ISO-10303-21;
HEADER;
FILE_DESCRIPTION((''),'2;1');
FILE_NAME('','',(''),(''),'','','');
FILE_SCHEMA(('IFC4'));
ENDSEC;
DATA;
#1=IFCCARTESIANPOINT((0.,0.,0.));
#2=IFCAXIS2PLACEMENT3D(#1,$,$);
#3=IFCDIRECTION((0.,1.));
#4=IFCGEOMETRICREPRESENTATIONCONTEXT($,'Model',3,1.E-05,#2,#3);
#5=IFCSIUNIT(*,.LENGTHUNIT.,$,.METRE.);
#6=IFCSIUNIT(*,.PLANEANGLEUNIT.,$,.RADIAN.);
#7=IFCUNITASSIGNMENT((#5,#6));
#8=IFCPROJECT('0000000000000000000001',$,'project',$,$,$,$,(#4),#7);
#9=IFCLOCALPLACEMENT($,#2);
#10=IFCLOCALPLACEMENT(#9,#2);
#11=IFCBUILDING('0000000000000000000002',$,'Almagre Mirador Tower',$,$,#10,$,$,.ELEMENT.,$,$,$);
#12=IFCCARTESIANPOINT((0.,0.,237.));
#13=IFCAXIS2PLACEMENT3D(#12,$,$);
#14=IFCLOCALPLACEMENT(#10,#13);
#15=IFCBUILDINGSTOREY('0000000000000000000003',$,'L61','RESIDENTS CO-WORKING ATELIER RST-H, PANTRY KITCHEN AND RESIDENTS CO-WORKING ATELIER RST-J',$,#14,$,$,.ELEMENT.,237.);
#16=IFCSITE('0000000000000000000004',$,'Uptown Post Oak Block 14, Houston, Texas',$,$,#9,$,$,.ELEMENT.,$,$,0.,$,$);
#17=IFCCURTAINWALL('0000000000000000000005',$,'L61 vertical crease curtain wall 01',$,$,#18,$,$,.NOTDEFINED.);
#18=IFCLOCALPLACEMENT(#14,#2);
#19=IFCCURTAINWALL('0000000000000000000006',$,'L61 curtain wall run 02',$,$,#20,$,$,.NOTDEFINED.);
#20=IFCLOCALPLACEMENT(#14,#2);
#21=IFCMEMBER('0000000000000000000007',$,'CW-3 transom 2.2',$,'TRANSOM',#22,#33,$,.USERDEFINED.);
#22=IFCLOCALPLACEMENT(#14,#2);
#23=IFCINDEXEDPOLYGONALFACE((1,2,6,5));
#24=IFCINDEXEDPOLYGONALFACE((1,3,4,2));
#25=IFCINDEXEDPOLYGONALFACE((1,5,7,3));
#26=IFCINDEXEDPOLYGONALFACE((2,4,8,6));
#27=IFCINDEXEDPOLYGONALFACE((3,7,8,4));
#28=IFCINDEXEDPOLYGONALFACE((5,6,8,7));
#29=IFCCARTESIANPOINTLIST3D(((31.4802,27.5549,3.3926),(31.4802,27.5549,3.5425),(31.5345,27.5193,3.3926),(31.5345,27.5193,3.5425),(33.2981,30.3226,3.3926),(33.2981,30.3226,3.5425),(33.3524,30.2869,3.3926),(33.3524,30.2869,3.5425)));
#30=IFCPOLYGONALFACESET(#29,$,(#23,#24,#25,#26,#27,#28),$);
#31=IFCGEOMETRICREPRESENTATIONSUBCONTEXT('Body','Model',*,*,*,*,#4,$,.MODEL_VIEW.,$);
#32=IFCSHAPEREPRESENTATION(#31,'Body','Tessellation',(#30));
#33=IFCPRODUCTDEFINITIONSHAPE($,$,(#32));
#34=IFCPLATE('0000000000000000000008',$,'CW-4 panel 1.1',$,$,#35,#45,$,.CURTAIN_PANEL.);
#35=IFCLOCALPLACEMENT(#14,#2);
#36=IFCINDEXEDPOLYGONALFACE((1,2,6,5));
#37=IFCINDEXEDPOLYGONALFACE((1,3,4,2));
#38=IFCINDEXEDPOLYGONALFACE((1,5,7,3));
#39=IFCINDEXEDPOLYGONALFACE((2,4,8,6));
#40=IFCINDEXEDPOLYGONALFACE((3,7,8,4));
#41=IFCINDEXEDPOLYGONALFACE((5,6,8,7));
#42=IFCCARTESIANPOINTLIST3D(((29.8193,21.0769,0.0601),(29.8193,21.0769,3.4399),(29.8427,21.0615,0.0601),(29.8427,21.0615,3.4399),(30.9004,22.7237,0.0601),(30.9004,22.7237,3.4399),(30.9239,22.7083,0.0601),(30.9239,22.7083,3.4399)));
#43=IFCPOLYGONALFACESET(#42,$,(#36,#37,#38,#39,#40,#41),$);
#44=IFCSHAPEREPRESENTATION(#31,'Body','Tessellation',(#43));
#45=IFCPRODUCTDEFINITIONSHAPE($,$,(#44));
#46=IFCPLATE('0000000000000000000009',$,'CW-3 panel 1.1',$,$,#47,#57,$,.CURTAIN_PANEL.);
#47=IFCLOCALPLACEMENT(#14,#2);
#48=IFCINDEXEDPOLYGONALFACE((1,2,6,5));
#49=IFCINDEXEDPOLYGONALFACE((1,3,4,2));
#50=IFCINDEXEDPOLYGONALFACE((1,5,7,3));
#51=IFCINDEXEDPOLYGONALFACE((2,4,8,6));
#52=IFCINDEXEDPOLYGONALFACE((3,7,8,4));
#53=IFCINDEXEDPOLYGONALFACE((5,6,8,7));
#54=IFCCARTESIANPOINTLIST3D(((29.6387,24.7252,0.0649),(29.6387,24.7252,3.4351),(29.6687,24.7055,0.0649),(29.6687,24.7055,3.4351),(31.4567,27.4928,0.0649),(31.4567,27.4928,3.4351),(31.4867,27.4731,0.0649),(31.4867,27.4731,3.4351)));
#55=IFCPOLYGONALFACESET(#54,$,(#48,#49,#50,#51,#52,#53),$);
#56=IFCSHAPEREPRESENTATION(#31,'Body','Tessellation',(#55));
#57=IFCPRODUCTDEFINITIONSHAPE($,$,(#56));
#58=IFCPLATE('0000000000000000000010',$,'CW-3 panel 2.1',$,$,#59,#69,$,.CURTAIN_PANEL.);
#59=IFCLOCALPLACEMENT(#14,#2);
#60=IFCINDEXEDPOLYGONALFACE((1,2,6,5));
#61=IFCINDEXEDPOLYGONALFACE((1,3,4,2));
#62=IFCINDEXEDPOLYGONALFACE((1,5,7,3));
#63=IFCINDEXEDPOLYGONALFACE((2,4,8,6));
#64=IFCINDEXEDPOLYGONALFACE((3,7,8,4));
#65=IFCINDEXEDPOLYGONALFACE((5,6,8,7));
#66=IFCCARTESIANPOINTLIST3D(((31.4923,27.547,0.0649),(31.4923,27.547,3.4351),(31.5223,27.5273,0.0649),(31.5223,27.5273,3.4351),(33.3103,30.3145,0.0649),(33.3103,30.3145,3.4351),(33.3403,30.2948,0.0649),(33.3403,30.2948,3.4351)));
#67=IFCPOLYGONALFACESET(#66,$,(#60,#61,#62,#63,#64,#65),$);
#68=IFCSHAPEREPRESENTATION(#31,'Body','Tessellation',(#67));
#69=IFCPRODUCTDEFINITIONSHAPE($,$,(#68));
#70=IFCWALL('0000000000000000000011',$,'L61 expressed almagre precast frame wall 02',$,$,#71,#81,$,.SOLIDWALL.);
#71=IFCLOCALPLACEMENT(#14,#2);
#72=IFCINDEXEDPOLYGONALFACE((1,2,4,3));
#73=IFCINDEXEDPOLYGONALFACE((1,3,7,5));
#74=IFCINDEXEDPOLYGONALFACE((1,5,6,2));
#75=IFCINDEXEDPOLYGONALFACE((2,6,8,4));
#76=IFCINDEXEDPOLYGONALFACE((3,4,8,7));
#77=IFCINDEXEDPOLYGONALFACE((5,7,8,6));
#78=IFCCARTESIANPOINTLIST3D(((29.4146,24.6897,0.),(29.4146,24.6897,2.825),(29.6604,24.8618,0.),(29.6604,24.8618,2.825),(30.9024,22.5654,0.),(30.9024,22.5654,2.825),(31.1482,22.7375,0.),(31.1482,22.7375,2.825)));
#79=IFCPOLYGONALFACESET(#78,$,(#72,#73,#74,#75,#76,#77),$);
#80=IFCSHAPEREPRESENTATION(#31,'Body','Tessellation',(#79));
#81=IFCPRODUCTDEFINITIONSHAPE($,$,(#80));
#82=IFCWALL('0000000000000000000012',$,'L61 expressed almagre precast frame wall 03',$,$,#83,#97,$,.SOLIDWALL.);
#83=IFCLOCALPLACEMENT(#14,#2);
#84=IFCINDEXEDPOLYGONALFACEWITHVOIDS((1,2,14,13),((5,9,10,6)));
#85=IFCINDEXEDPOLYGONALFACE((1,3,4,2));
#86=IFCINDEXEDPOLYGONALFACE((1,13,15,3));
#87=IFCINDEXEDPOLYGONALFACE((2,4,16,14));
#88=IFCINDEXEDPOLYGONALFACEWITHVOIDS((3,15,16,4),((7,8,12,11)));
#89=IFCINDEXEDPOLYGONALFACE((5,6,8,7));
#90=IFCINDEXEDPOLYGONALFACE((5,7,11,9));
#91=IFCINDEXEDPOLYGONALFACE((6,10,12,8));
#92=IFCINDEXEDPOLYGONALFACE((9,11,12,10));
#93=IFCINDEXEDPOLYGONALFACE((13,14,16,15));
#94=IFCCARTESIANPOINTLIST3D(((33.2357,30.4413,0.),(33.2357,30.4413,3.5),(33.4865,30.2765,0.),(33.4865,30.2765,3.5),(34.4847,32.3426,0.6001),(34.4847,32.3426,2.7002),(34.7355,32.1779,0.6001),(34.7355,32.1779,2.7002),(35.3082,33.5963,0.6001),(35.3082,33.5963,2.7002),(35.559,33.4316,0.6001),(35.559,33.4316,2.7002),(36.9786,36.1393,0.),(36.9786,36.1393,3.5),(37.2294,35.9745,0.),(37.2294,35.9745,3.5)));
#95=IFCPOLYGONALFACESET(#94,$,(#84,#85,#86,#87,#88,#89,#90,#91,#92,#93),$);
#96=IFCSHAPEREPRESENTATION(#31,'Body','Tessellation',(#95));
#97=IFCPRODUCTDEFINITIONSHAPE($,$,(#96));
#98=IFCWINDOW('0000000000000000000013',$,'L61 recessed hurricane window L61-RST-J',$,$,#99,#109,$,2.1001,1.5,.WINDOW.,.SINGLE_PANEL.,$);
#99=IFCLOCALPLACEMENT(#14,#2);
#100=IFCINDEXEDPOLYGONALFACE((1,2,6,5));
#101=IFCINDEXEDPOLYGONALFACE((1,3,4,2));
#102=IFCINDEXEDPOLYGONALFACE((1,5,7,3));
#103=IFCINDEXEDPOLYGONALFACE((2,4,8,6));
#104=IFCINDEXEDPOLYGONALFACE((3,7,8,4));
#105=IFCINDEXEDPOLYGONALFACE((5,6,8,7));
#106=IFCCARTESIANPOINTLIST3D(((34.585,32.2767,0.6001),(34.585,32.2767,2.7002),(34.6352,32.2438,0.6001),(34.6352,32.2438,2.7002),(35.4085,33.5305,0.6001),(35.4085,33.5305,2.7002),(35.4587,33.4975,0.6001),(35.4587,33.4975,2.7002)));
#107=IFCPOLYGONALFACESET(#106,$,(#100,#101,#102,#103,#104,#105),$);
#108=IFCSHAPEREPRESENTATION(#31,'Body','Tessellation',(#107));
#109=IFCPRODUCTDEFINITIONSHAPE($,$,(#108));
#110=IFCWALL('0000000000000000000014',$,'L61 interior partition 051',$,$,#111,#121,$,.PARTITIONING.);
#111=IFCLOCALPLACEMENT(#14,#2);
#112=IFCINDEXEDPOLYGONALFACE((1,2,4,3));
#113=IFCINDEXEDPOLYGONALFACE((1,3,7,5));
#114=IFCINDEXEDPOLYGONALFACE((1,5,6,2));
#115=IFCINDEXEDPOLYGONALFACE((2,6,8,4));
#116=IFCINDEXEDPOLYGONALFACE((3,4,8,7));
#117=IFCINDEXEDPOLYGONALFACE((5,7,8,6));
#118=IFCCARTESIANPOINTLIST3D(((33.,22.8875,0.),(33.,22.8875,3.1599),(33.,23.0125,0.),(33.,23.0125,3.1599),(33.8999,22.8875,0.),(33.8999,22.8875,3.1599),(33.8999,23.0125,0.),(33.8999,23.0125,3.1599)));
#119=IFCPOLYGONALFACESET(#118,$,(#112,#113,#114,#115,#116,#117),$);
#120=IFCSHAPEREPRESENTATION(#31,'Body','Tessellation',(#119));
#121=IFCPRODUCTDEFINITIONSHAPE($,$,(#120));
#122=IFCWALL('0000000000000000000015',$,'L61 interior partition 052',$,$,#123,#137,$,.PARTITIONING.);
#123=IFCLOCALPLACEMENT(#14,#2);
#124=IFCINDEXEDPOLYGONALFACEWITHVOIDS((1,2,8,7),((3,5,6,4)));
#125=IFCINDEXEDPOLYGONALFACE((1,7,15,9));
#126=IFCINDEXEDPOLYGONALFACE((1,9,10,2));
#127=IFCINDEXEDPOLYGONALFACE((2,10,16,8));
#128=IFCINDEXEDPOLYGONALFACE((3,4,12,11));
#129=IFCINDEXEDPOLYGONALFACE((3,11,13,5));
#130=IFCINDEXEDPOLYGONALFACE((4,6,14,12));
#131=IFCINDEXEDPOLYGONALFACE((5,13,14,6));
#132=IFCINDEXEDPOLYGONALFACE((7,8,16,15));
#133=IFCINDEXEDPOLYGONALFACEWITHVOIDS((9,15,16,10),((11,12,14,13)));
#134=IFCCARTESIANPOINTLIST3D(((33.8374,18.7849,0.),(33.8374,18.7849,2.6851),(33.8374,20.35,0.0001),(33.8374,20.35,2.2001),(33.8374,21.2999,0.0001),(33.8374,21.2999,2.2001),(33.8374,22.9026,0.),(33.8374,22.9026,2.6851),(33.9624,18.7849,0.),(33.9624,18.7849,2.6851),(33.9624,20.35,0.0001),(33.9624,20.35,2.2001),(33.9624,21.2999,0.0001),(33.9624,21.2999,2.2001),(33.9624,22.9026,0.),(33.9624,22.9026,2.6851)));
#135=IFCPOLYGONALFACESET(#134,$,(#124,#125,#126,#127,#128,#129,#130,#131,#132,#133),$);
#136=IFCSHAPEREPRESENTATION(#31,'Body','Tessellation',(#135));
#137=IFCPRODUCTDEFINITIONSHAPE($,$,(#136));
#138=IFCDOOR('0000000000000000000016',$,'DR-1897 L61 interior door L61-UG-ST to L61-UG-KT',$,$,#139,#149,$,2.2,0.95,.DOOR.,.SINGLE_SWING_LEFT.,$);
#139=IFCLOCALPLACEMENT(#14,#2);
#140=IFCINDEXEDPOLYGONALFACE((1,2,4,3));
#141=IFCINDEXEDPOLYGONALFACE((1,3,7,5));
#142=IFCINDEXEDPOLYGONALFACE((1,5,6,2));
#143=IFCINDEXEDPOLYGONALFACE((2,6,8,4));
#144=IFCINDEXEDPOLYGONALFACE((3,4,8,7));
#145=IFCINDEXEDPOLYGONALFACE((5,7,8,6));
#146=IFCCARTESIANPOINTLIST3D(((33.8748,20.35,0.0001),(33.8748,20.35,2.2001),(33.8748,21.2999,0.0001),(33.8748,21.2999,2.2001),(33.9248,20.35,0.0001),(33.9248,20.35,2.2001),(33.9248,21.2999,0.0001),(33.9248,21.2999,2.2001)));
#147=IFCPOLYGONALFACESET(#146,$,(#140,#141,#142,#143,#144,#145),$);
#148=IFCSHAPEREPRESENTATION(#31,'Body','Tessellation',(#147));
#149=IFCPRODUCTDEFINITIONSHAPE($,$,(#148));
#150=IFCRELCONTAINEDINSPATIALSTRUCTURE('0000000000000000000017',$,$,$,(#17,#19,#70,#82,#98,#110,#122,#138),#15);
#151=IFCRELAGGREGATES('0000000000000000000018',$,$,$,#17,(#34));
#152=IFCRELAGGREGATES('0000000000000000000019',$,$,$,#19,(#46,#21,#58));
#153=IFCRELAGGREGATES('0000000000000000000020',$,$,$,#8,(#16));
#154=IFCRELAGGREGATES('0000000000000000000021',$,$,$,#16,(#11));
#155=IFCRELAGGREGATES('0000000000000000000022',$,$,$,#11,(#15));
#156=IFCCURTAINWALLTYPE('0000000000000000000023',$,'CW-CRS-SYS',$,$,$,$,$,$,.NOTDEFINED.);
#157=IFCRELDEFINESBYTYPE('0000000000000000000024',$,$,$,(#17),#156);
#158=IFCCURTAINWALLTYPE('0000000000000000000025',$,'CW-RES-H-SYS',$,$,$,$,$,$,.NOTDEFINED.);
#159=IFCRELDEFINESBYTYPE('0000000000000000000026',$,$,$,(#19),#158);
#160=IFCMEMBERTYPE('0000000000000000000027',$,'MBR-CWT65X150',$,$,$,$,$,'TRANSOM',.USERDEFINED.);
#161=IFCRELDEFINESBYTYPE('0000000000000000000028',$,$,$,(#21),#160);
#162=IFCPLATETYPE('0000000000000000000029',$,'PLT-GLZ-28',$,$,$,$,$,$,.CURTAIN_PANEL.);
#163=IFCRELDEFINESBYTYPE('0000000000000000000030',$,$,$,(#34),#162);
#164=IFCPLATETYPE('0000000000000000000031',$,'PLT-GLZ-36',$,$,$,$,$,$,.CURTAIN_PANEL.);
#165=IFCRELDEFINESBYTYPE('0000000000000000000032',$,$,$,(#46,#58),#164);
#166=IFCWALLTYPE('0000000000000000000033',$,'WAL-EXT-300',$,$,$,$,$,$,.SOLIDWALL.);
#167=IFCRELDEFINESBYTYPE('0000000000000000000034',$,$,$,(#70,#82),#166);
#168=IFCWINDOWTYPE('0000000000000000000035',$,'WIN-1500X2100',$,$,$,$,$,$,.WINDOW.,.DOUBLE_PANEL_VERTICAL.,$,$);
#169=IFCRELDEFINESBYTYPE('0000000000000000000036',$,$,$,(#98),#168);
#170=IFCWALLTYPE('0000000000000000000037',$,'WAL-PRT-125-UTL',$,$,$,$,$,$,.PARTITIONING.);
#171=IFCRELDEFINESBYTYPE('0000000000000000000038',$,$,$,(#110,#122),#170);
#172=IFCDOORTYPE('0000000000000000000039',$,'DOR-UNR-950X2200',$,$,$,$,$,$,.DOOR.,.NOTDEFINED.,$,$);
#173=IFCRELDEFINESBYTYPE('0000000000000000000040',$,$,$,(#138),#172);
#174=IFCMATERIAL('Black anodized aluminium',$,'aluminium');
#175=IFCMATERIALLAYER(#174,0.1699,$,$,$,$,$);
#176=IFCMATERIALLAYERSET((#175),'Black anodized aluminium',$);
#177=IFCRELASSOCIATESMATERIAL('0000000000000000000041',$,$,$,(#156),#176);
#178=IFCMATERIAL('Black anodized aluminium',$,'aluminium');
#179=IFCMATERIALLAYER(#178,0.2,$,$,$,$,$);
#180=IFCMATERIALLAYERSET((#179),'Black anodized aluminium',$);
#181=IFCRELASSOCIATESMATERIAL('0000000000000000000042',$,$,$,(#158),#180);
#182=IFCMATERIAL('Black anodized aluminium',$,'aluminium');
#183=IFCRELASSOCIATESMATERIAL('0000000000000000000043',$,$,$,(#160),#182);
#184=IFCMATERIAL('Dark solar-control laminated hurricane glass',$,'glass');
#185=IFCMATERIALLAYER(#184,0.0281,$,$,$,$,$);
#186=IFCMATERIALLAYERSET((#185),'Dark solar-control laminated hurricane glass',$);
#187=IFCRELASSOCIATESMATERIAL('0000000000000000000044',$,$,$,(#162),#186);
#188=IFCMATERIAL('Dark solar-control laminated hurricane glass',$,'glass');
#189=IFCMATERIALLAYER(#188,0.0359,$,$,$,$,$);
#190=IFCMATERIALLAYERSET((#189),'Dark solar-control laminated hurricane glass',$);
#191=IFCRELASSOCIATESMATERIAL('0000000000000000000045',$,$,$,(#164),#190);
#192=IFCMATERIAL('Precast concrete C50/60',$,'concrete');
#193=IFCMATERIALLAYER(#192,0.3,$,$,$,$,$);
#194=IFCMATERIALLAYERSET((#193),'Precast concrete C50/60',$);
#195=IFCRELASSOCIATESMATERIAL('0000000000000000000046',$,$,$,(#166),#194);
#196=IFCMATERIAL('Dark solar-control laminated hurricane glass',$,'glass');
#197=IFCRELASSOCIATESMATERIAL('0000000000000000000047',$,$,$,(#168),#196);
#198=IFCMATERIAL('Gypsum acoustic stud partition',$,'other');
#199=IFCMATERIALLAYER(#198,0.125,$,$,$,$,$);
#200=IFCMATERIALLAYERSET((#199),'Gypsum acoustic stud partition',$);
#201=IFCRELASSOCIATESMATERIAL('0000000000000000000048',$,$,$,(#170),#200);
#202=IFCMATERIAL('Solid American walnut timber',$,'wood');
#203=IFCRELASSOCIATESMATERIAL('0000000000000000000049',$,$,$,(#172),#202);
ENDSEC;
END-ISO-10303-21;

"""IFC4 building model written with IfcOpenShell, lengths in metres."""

from ifc_helpers import new_model, si_unit, direction, frame, frame_2d, origin, origin_2d, place, context, subcontext, project, spatial, rectangle, extrude, material, layer, layer_set, material_profile, profile_set, type_object, element, fill, aggregate, save


model = new_model("IFC4")

# Units and contexts
model_context = context("Model", 3, precision=1e-05, world=origin(), true_north=direction((0.0, 1.0)))
body_context = subcontext(model_context, "Body", "Model", "MODEL_VIEW")
ifc_project = project(units=[si_unit("LENGTHUNIT", "METRE"), si_unit("PLANEANGLEUNIT", "RADIAN")], contexts=[model_context])

# Site, building, storey
site_placement = place(None, origin())
site = spatial("IfcSite", under=ifc_project, at=site_placement, Name="Uptown Post Oak Block 14, Houston, Texas", CompositionType="ELEMENT", RefElevation=0.0)
building_placement = place(site_placement, origin())
building = spatial("IfcBuilding", under=site, at=building_placement, Name="Almagre Mirador Tower", CompositionType="ELEMENT")
storey_placement = place(building_placement, frame((0.0, 0.0, 237.0)))
storey = spatial("IfcBuildingStorey", under=building, at=storey_placement, Name="L61", Description="RESIDENTS CO-WORKING ATELIER RST-H, PANTRY KITCHEN AND RESIDENTS CO-WORKING ATELIER RST-J", CompositionType="ELEMENT", Elevation=237.0)

# Curtain wall
ifc_material_1 = material(Name="Black anodized aluminium", Category="aluminium")
ifc_layer_1 = layer(ifc_material_1, 0.1699)
ifc_layer_set_1 = layer_set([ifc_layer_1], Name="Black anodized aluminium")
curtain_wall_type_1 = type_object("IfcCurtainWallType", Name="CW-CRS-SYS", PredefinedType="NOTDEFINED", material=ifc_layer_set_1)
curtain_wall_1_placement = place(storey_placement, origin())
curtain_wall_1 = element("IfcCurtainWall", 1, at=curtain_wall_1_placement, inside=storey, type_object=curtain_wall_type_1, Name="L61 vertical crease curtain wall 01", PredefinedType="NOTDEFINED")

# Curtain wall
ifc_material_2 = material(Name="Black anodized aluminium", Category="aluminium")
ifc_layer_2 = layer(ifc_material_2, 0.2)
ifc_layer_set_2 = layer_set([ifc_layer_2], Name="Black anodized aluminium")
curtain_wall_type_2 = type_object("IfcCurtainWallType", Name="CW-RES-H-SYS", PredefinedType="NOTDEFINED", material=ifc_layer_set_2)
curtain_wall_2_placement = place(storey_placement, origin())
curtain_wall_2 = element("IfcCurtainWall", 2, at=curtain_wall_2_placement, inside=storey, type_object=curtain_wall_type_2, Name="L61 curtain wall run 02", PredefinedType="NOTDEFINED")

# Member
ifc_material_3 = material(Name="Black anodized aluminium", Category="aluminium")
ifc_material_profile_1 = material_profile(ifc_material_3, rectangle(XDim=0.0649, YDim=0.1499, at=origin_2d()), Name="CWT65X150")
ifc_profile_set_1 = profile_set([ifc_material_profile_1], Name="Black anodized aluminium")
member_type_1 = type_object("IfcMemberType", Name="MBR-CWT65X150", ElementType="TRANSOM", PredefinedType="USERDEFINED", material=ifc_profile_set_1)
member_1_placement = place(storey_placement, frame((31.5073, 27.5371, 3.4675), z_axis=(0.549004, 0.83582, 0.0), x_axis=(-0.83582, 0.549004, 0.0)))
member_1 = element("IfcMember", 3, at=member_1_placement, type_object=member_type_1, Name="CW-3 transom 2.2", ObjectType="TRANSOM", PredefinedType="USERDEFINED", context=body_context, shape_type="SweptSolid", body=[
    extrude(rectangle(XDim=0.0649, YDim=0.1499, at=origin_2d()), origin(), (0.0, 0.0, 1.0), 3.3113),
])

# Plates
ifc_material_4 = material(Name="Dark solar-control laminated hurricane glass", Category="glass")
ifc_layer_3 = layer(ifc_material_4, 0.0281)
ifc_layer_set_3 = layer_set([ifc_layer_3], Name="Dark solar-control laminated hurricane glass")
plate_type_1 = type_object("IfcPlateType", Name="PLT-GLZ-28", PredefinedType="CURTAIN_PANEL", material=ifc_layer_set_3)
plate_1_placement = place(storey_placement, frame((30.3716, 21.8926, 0.0601), z_axis=(0.0, 0.0, 1.0), x_axis=(0.548834, 0.835931, 0.0)))
plate_1 = element("IfcPlate", 4, at=plate_1_placement, type_object=plate_type_1, Name="CW-4 panel 1.1", PredefinedType="CURTAIN_PANEL", context=body_context, shape_type="SweptSolid", body=[
    extrude(rectangle(XDim=1.97, YDim=0.0281, at=origin_2d()), origin(), (0.0, 0.0, 1.0), 3.3799),
])
aggregate(curtain_wall_1, [plate_1])
ifc_material_5 = material(Name="Dark solar-control laminated hurricane glass", Category="glass")
ifc_layer_4 = layer(ifc_material_5, 0.0359)
ifc_layer_set_4 = layer_set([ifc_layer_4], Name="Dark solar-control laminated hurricane glass")
plate_type_2 = type_object("IfcPlateType", Name="PLT-GLZ-36", PredefinedType="CURTAIN_PANEL", material=ifc_layer_set_4)
plate_2_placement = place(storey_placement, frame((30.5627, 26.0991, 0.0649), z_axis=(0.0, 0.0, 1.0), x_axis=(0.549034, 0.8358, 0.0)))
plate_2 = element("IfcPlate", 5, at=plate_2_placement, type_object=plate_type_2, Name="CW-3 panel 1.1", PredefinedType="CURTAIN_PANEL", context=body_context, shape_type="SweptSolid", body=[
    extrude(rectangle(XDim=3.3113, YDim=0.0359, at=origin_2d()), origin(), (0.0, 0.0, 1.0), 3.3701),
])
plate_3_placement = place(storey_placement, frame((32.4163, 28.9209, 0.0649), z_axis=(0.0, 0.0, 1.0), x_axis=(0.549034, 0.8358, 0.0)))
plate_3 = element("IfcPlate", 6, at=plate_3_placement, type_object=plate_type_2, Name="CW-3 panel 2.1", PredefinedType="CURTAIN_PANEL", context=body_context, shape_type="SweptSolid", body=[
    extrude(rectangle(XDim=3.3113, YDim=0.0359, at=origin_2d()), origin(), (0.0, 0.0, 1.0), 3.3701),
])
aggregate(curtain_wall_2, [plate_2, member_1, plate_3])

# Wall
ifc_material_6 = material(Name="Precast concrete C50/60", Category="concrete")
ifc_layer_5 = layer(ifc_material_6, 0.3)
ifc_layer_set_5 = layer_set([ifc_layer_5], Name="Precast concrete C50/60")
wall_type_1 = type_object("IfcWallType", Name="WAL-EXT-300", PredefinedType="SOLIDWALL", material=ifc_layer_set_5)
wall_1_placement = place(storey_placement, frame((31.0254, 22.6514, 0.0), z_axis=(0.0, 0.0, 1.0), x_axis=(-0.573671, 0.819086, 0.0)))
element("IfcWall", 7, at=wall_1_placement, inside=storey, type_object=wall_type_1, Name="L61 expressed almagre precast frame wall 02", PredefinedType="SOLIDWALL", context=body_context, shape_type="SweptSolid", body=[
    extrude(rectangle(XDim=2.5935, YDim=0.3, at=frame_2d((1.2969, 0.0))), origin(), (0.0, 0.0, 1.0), 2.825),
])

# Wall, opening, window
wall_2_placement = place(storey_placement, frame((33.3611, 30.3589, 0.0), z_axis=(0.0, 0.0, 1.0), x_axis=(0.549026, 0.835805, 0.0)))
wall_2 = element("IfcWall", 8, at=wall_2_placement, inside=storey, type_object=wall_type_1, Name="L61 expressed almagre precast frame wall 03", PredefinedType="SOLIDWALL", context=body_context, shape_type="SweptSolid", body=[
    extrude(rectangle(XDim=6.8174, YDim=0.3, at=frame_2d((3.4087, 0.0))), origin(), (0.0, 0.0, 1.0), 3.5),
])
opening_1_placement = place(wall_2_placement, frame((2.2749, 0.0, 0.6001)))
opening_1 = element("IfcOpeningElement", 9, at=opening_1_placement, cuts=wall_2, PredefinedType="OPENING", context=body_context, shape_type="SweptSolid", body=[
    extrude(rectangle(XDim=1.5, YDim=2.1001, at=frame_2d((0.75, 1.05))), frame((0.0, 0.1599, 0.0), z_axis=(0.0, -1.0, 0.0), x_axis=(1.0, 0.0, 0.0)), (0.0, 0.0, 1.0), 0.32),
])
ifc_material_7 = material(Name="Dark solar-control laminated hurricane glass", Category="glass")
window_type = type_object("IfcWindowType", Name="WIN-1500X2100", PartitioningType="DOUBLE_PANEL_VERTICAL", PredefinedType="WINDOW", material=ifc_material_7)
window_placement = place(opening_1_placement, origin())
window = element("IfcWindow", 10, at=window_placement, inside=storey, type_object=window_type, Name="L61 recessed hurricane window L61-RST-J", OverallHeight=2.1001, OverallWidth=1.5, PartitioningType="SINGLE_PANEL", PredefinedType="WINDOW", context=body_context, shape_type="SweptSolid", body=[
    extrude(rectangle(XDim=1.5, YDim=2.1001, at=frame_2d((0.75, 1.05))), frame((0.0, 0.03, 0.0), z_axis=(0.0, -1.0, 0.0), x_axis=(1.0, 0.0, 0.0)), (0.0, 0.0, 1.0), 0.0601),
])
fill(opening_1, window)

# Wall
ifc_material_8 = material(Name="Gypsum acoustic stud partition", Category="other")
ifc_layer_6 = layer(ifc_material_8, 0.125)
ifc_layer_set_6 = layer_set([ifc_layer_6], Name="Gypsum acoustic stud partition")
wall_type_2 = type_object("IfcWallType", Name="WAL-PRT-125-UTL", PredefinedType="PARTITIONING", material=ifc_layer_set_6)
wall_3_placement = place(storey_placement, frame((33.0, 22.95, 0.0), z_axis=(0.0, 0.0, 1.0), x_axis=(1.0, 0.0, 0.0)))
element("IfcWall", 11, at=wall_3_placement, inside=storey, type_object=wall_type_2, Name="L61 interior partition 051", PredefinedType="PARTITIONING", context=body_context, shape_type="SweptSolid", body=[
    extrude(rectangle(XDim=0.8999, YDim=0.125, at=frame_2d((0.45, 0.0))), origin(), (0.0, 0.0, 1.0), 3.1599),
])

# Wall, opening, door
wall_4_placement = place(storey_placement, frame((33.8999, 22.9026, 0.0), z_axis=(0.0, 0.0, 1.0), x_axis=(0.0, -1.0, 0.0)))
wall_4 = element("IfcWall", 12, at=wall_4_placement, inside=storey, type_object=wall_type_2, Name="L61 interior partition 052", PredefinedType="PARTITIONING", context=body_context, shape_type="SweptSolid", body=[
    extrude(rectangle(XDim=4.1177, YDim=0.125, at=frame_2d((2.0588, 0.0))), origin(), (0.0, 0.0, 1.0), 2.6851),
])
opening_2_placement = place(wall_4_placement, frame((1.6025, 0.0, 0.0)))
opening_2 = element("IfcOpeningElement", 13, at=opening_2_placement, cuts=wall_4, PredefinedType="OPENING", context=body_context, shape_type="SweptSolid", body=[
    extrude(rectangle(XDim=0.95, YDim=2.2, at=frame_2d((0.4751, 1.1001))), frame((0.0, 0.0725, 0.0), z_axis=(0.0, -1.0, 0.0), x_axis=(1.0, 0.0, 0.0)), (0.0, 0.0, 1.0), 0.145),
])
ifc_material_9 = material(Name="Solid American walnut timber", Category="wood")
door_type_1 = type_object("IfcDoorType", Name="DOR-UNR-950X2200", OperationType="NOTDEFINED", PredefinedType="DOOR", material=ifc_material_9)
door_1_placement = place(opening_2_placement, origin())
door_1 = element("IfcDoor", 14, at=door_1_placement, inside=storey, type_object=door_type_1, Name="DR-1897 L61 interior door L61-UG-ST to L61-UG-KT", OperationType="SINGLE_SWING_LEFT", OverallHeight=2.2, OverallWidth=0.95, PredefinedType="DOOR", context=body_context, shape_type="SweptSolid", body=[
    extrude(rectangle(XDim=0.95, YDim=2.2, at=frame_2d((0.4751, 1.1001))), frame((0.0, 0.0249, 0.0), z_axis=(0.0, -1.0, 0.0), x_axis=(1.0, 0.0, 0.0)), (0.0, 0.0, 1.0), 0.05),
])
fill(opening_2, door_1)

save(model, "model.ifc")
